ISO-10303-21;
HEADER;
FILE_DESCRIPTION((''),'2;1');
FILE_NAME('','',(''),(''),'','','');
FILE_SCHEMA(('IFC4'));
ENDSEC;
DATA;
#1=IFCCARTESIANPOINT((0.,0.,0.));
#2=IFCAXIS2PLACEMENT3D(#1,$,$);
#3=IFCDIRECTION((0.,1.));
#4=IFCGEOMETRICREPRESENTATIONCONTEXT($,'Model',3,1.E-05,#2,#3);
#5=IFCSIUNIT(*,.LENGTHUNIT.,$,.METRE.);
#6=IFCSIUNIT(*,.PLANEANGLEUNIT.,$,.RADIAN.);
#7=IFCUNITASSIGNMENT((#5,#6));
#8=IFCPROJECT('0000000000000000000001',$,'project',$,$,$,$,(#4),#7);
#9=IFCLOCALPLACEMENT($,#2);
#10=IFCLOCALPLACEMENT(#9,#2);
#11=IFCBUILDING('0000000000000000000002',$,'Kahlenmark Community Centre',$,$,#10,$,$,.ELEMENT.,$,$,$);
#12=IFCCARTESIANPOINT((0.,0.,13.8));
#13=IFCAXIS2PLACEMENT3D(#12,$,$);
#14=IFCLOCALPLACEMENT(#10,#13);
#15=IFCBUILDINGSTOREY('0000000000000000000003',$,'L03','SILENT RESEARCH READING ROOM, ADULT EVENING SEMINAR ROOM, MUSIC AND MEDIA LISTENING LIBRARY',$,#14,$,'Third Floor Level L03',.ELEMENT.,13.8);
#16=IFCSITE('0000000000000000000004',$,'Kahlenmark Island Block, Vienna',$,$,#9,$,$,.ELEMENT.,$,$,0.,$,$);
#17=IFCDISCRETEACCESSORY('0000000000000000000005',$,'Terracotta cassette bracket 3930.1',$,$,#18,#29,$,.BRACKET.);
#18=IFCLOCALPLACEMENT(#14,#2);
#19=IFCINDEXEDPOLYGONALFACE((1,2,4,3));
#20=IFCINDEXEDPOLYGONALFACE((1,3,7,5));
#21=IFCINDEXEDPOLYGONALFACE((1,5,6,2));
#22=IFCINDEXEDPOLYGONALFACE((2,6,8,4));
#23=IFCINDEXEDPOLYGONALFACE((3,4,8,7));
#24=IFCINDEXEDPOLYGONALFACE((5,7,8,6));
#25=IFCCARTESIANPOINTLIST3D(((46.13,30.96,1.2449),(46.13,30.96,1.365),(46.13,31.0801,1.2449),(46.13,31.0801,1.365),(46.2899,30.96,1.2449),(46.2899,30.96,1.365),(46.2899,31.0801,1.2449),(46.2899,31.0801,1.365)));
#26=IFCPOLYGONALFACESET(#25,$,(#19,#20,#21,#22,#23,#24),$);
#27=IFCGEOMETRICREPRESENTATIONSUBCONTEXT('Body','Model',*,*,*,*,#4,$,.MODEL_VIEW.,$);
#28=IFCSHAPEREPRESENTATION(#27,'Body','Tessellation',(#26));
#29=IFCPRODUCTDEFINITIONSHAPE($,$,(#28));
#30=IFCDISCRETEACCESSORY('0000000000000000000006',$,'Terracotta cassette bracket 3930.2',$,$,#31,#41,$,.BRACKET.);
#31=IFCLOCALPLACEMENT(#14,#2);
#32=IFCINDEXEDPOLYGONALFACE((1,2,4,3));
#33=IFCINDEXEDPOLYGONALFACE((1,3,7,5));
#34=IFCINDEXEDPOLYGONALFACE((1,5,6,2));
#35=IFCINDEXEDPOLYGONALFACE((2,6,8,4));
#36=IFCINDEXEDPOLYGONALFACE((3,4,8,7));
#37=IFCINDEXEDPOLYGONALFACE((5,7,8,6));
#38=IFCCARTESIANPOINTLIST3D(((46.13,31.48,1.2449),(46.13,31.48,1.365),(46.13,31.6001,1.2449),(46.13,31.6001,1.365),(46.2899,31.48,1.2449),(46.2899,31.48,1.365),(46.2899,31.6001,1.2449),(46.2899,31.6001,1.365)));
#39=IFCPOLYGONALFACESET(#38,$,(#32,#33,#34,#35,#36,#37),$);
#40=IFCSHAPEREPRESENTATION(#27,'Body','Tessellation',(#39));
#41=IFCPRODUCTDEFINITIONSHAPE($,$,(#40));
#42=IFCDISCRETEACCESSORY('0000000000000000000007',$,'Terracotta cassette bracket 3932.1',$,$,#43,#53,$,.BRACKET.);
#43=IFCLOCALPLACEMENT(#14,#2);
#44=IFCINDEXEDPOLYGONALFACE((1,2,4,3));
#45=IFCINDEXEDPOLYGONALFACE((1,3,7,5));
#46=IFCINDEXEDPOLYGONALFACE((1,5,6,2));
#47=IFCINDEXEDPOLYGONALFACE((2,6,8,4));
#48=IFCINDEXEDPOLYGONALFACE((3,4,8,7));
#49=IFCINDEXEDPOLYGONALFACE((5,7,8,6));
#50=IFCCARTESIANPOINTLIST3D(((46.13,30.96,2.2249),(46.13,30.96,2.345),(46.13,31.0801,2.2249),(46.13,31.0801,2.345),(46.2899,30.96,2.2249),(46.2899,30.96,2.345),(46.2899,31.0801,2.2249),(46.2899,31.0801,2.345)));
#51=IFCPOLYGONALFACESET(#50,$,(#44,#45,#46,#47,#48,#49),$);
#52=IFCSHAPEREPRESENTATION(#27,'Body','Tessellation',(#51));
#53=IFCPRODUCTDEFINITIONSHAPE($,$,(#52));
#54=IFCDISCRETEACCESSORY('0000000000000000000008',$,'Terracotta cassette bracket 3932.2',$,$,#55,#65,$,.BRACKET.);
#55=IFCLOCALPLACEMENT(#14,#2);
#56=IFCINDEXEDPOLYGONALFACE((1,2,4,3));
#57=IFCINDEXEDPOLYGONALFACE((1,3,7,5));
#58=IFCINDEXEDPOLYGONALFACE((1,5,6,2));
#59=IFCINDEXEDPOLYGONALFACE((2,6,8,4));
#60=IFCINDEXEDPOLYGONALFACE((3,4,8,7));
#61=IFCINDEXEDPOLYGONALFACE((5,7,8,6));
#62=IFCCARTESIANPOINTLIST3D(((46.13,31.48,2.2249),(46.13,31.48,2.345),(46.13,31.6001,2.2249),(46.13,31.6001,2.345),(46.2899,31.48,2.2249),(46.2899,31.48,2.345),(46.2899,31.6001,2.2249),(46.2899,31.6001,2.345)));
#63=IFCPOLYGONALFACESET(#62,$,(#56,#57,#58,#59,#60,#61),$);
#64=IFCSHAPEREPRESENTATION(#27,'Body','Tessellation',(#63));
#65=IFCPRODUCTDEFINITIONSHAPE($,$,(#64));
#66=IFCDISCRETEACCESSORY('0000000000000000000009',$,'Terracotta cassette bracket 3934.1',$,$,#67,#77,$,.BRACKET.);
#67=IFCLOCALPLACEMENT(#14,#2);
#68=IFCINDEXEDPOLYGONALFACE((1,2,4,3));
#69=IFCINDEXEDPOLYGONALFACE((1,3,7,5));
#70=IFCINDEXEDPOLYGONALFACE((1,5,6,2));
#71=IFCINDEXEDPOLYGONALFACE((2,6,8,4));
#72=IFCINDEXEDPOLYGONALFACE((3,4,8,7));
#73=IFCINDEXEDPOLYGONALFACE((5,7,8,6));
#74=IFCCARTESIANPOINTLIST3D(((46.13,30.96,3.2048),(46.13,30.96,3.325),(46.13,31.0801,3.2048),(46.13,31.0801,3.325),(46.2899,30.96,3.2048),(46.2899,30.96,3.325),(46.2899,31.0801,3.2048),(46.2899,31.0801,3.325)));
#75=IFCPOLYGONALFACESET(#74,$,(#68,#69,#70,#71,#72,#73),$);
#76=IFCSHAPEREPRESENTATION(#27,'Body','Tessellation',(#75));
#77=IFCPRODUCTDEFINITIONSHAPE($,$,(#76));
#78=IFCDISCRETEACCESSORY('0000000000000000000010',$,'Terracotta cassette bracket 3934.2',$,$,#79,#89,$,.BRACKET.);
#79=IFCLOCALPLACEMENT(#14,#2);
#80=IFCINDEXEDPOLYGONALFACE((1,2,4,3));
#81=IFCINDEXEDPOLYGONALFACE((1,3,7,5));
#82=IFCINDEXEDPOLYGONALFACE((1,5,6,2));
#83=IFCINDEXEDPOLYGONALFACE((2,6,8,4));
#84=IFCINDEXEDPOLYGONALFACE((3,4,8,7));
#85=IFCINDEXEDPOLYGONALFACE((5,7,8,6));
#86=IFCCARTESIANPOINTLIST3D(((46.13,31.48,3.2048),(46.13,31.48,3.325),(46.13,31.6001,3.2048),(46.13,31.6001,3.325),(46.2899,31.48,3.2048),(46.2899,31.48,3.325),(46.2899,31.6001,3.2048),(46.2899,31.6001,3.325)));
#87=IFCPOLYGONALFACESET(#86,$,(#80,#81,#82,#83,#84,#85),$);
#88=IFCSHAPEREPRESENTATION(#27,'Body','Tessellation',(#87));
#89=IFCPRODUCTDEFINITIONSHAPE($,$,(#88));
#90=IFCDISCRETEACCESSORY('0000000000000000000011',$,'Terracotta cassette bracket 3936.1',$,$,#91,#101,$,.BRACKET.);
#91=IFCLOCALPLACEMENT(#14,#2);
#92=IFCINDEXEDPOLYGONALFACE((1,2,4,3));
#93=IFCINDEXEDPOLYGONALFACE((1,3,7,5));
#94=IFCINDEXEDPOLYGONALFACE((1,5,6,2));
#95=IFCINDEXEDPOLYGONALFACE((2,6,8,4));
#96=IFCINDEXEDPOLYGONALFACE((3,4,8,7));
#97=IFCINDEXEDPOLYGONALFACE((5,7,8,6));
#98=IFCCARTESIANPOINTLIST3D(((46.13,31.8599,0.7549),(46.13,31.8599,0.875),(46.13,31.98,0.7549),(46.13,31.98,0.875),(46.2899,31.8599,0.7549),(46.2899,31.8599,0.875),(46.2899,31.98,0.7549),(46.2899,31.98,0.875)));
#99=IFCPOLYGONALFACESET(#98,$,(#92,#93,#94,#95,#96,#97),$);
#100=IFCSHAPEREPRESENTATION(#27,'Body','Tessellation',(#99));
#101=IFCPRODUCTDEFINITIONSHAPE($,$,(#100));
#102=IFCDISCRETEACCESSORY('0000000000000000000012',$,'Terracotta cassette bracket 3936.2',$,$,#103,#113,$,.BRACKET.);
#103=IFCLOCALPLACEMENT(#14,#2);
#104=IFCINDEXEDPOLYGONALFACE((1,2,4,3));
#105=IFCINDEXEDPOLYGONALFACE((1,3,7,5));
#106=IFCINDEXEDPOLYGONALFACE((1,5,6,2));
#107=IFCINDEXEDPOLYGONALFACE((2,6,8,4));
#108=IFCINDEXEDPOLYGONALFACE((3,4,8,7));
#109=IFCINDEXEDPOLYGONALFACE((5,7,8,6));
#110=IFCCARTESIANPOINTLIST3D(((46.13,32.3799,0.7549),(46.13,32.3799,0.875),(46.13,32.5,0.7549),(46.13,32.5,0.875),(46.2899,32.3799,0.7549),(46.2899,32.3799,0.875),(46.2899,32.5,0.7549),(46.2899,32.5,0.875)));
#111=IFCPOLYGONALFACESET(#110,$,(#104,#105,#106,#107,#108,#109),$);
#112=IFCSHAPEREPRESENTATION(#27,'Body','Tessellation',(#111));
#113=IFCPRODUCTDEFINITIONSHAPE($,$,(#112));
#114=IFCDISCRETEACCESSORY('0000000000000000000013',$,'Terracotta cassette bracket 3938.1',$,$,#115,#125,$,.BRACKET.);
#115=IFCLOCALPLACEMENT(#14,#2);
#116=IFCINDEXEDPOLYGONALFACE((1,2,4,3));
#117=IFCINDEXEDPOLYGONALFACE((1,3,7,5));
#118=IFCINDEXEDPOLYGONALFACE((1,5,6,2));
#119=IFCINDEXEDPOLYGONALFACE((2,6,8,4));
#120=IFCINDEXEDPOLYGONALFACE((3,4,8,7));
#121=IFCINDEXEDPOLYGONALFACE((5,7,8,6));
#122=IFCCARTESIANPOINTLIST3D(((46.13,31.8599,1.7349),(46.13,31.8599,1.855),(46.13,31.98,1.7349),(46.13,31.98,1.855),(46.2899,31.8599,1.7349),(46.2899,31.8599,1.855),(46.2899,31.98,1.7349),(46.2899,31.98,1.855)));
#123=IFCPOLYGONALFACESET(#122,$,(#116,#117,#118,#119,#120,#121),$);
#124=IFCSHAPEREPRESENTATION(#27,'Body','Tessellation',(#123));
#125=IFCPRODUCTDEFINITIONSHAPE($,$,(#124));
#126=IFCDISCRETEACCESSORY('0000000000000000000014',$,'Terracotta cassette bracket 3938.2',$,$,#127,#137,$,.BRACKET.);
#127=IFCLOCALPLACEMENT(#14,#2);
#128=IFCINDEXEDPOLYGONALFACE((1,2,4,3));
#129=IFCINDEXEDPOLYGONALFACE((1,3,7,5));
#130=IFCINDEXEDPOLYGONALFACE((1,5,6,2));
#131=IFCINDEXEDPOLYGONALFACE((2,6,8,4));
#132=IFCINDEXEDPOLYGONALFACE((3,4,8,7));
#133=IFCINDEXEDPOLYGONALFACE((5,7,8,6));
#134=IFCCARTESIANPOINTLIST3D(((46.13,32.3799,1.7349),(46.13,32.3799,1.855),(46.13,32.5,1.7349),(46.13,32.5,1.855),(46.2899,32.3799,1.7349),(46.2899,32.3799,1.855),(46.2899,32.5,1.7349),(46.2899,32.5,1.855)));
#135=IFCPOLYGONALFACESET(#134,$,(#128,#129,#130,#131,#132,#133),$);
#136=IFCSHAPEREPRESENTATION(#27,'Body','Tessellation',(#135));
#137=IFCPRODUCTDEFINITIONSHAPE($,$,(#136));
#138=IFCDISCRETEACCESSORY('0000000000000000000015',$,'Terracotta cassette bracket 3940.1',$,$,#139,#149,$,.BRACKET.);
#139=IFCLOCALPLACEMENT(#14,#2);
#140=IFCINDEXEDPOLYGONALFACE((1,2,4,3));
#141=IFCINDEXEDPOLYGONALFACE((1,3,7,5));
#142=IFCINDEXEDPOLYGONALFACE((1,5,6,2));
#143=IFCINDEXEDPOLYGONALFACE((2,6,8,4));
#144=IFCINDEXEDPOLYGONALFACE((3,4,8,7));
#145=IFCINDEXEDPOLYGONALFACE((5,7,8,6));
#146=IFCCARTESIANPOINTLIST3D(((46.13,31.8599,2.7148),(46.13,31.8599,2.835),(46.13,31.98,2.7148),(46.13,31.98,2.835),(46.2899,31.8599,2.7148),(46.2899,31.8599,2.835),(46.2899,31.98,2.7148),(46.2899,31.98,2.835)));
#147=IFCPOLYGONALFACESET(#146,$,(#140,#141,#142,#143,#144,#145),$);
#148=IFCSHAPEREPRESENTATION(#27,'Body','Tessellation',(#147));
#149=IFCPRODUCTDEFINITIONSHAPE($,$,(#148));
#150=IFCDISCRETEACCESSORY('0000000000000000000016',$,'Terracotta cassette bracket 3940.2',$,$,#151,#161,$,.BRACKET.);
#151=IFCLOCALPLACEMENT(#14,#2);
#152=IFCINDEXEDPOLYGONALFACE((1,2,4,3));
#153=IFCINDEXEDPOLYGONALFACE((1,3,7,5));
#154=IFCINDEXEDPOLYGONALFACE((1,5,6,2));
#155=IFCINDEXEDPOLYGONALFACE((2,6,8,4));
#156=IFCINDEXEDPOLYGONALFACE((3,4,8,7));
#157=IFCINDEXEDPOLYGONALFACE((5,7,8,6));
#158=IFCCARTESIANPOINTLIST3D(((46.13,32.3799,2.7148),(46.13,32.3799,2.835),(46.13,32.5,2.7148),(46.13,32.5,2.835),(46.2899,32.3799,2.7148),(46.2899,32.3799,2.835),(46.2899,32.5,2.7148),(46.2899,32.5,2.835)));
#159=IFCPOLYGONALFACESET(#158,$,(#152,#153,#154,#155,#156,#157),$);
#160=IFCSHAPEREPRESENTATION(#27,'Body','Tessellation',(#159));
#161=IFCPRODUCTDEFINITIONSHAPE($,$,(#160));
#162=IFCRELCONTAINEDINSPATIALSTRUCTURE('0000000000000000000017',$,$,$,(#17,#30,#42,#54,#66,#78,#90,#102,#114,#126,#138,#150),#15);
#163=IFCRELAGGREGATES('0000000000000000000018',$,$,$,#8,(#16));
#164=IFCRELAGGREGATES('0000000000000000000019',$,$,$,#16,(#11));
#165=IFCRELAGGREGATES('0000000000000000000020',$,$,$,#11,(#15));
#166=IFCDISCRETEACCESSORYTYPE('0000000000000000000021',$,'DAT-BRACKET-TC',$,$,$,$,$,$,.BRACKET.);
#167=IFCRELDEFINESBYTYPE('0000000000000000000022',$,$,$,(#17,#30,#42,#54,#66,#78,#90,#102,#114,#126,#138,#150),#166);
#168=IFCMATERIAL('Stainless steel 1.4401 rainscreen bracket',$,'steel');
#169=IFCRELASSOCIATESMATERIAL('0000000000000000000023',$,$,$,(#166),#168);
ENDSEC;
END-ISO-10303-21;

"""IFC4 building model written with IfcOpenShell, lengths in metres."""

from ifc_helpers import new_model, si_unit, direction, frame, origin, origin_2d, place, context, subcontext, project, spatial, rectangle, extrude, material, type_object, element, save


model = new_model("IFC4")

# Units and contexts
model_context = context("Model", 3, precision=1e-05, world=origin(), true_north=direction((0.0, 1.0)))
body_context = subcontext(model_context, "Body", "Model", "MODEL_VIEW")
ifc_project = project(units=[si_unit("LENGTHUNIT", "METRE"), si_unit("PLANEANGLEUNIT", "RADIAN")], contexts=[model_context])

# Site, building, storey
site_placement = place(None, origin())
site = spatial("IfcSite", under=ifc_project, at=site_placement, Name="Kahlenmark Island Block, Vienna", CompositionType="ELEMENT", RefElevation=0.0)
building_placement = place(site_placement, origin())
building = spatial("IfcBuilding", under=site, at=building_placement, Name="Kahlenmark Community Centre", CompositionType="ELEMENT")
storey_placement = place(building_placement, frame((0.0, 0.0, 13.8)))
storey = spatial("IfcBuildingStorey", under=building, at=storey_placement, Name="L03", Description="SILENT RESEARCH READING ROOM, ADULT EVENING SEMINAR ROOM, MUSIC AND MEDIA LISTENING LIBRARY", LongName="Third Floor Level L03", CompositionType="ELEMENT", Elevation=13.8)

# Discrete accessories
ifc_material_1 = material(Name="Stainless steel 1.4401 rainscreen bracket", Category="steel")
discrete_accessory_type = type_object("IfcDiscreteAccessoryType", Name="DAT-BRACKET-TC", PredefinedType="BRACKET", material=ifc_material_1)
for number, where, z_axis, x_axis, name in (
    (1, (46.21, 31.02, 1.2449), (0.0, 0.0, 1.0), (0.0, 1.0, 0.0), "Terracotta cassette bracket 3930.1"),
    (2, (46.21, 31.54, 1.2449), (0.0, 0.0, 1.0), (0.0, 1.0, 0.0), "Terracotta cassette bracket 3930.2"),
    (3, (46.21, 31.02, 2.2249), (0.0, 0.0, 1.0), (0.0, 1.0, 0.0), "Terracotta cassette bracket 3932.1"),
    (4, (46.21, 31.54, 2.2249), (0.0, 0.0, 1.0), (0.0, 1.0, 0.0), "Terracotta cassette bracket 3932.2"),
    (5, (46.21, 31.02, 3.2048), (0.0, 0.0, 1.0), (0.0, 1.0, 0.0), "Terracotta cassette bracket 3934.1"),
    (6, (46.21, 31.54, 3.2048), (0.0, 0.0, 1.0), (0.0, 1.0, 0.0), "Terracotta cassette bracket 3934.2"),
    (7, (46.21, 31.9199, 0.7549), (0.0, 0.0, 1.0), (0.0, 1.0, 0.0), "Terracotta cassette bracket 3936.1"),
    (8, (46.21, 32.4399, 0.7549), (0.0, 0.0, 1.0), (0.0, 1.0, 0.0), "Terracotta cassette bracket 3936.2"),
    (9, (46.21, 31.9199, 1.7349), (0.0, 0.0, 1.0), (0.0, 1.0, 0.0), "Terracotta cassette bracket 3938.1"),
    (10, (46.21, 32.4399, 1.7349), (0.0, 0.0, 1.0), (0.0, 1.0, 0.0), "Terracotta cassette bracket 3938.2"),
    (11, (46.21, 31.9199, 2.7148), (0.0, 0.0, 1.0), (0.0, 1.0, 0.0), "Terracotta cassette bracket 3940.1"),
    (12, (46.21, 32.4399, 2.7148), (0.0, 0.0, 1.0), (0.0, 1.0, 0.0), "Terracotta cassette bracket 3940.2"),
):
    element("IfcDiscreteAccessory", number, at=place(storey_placement, frame(where, z_axis=z_axis, x_axis=x_axis)), inside=storey, type_object=discrete_accessory_type, Name=name, PredefinedType="BRACKET", context=body_context, shape_type="SweptSolid", body=[
        extrude(rectangle(XDim=0.1201, YDim=0.1599, at=origin_2d()), origin(), (0.0, 0.0, 1.0), 0.1201),
    ])

save(model, "model.ifc")
